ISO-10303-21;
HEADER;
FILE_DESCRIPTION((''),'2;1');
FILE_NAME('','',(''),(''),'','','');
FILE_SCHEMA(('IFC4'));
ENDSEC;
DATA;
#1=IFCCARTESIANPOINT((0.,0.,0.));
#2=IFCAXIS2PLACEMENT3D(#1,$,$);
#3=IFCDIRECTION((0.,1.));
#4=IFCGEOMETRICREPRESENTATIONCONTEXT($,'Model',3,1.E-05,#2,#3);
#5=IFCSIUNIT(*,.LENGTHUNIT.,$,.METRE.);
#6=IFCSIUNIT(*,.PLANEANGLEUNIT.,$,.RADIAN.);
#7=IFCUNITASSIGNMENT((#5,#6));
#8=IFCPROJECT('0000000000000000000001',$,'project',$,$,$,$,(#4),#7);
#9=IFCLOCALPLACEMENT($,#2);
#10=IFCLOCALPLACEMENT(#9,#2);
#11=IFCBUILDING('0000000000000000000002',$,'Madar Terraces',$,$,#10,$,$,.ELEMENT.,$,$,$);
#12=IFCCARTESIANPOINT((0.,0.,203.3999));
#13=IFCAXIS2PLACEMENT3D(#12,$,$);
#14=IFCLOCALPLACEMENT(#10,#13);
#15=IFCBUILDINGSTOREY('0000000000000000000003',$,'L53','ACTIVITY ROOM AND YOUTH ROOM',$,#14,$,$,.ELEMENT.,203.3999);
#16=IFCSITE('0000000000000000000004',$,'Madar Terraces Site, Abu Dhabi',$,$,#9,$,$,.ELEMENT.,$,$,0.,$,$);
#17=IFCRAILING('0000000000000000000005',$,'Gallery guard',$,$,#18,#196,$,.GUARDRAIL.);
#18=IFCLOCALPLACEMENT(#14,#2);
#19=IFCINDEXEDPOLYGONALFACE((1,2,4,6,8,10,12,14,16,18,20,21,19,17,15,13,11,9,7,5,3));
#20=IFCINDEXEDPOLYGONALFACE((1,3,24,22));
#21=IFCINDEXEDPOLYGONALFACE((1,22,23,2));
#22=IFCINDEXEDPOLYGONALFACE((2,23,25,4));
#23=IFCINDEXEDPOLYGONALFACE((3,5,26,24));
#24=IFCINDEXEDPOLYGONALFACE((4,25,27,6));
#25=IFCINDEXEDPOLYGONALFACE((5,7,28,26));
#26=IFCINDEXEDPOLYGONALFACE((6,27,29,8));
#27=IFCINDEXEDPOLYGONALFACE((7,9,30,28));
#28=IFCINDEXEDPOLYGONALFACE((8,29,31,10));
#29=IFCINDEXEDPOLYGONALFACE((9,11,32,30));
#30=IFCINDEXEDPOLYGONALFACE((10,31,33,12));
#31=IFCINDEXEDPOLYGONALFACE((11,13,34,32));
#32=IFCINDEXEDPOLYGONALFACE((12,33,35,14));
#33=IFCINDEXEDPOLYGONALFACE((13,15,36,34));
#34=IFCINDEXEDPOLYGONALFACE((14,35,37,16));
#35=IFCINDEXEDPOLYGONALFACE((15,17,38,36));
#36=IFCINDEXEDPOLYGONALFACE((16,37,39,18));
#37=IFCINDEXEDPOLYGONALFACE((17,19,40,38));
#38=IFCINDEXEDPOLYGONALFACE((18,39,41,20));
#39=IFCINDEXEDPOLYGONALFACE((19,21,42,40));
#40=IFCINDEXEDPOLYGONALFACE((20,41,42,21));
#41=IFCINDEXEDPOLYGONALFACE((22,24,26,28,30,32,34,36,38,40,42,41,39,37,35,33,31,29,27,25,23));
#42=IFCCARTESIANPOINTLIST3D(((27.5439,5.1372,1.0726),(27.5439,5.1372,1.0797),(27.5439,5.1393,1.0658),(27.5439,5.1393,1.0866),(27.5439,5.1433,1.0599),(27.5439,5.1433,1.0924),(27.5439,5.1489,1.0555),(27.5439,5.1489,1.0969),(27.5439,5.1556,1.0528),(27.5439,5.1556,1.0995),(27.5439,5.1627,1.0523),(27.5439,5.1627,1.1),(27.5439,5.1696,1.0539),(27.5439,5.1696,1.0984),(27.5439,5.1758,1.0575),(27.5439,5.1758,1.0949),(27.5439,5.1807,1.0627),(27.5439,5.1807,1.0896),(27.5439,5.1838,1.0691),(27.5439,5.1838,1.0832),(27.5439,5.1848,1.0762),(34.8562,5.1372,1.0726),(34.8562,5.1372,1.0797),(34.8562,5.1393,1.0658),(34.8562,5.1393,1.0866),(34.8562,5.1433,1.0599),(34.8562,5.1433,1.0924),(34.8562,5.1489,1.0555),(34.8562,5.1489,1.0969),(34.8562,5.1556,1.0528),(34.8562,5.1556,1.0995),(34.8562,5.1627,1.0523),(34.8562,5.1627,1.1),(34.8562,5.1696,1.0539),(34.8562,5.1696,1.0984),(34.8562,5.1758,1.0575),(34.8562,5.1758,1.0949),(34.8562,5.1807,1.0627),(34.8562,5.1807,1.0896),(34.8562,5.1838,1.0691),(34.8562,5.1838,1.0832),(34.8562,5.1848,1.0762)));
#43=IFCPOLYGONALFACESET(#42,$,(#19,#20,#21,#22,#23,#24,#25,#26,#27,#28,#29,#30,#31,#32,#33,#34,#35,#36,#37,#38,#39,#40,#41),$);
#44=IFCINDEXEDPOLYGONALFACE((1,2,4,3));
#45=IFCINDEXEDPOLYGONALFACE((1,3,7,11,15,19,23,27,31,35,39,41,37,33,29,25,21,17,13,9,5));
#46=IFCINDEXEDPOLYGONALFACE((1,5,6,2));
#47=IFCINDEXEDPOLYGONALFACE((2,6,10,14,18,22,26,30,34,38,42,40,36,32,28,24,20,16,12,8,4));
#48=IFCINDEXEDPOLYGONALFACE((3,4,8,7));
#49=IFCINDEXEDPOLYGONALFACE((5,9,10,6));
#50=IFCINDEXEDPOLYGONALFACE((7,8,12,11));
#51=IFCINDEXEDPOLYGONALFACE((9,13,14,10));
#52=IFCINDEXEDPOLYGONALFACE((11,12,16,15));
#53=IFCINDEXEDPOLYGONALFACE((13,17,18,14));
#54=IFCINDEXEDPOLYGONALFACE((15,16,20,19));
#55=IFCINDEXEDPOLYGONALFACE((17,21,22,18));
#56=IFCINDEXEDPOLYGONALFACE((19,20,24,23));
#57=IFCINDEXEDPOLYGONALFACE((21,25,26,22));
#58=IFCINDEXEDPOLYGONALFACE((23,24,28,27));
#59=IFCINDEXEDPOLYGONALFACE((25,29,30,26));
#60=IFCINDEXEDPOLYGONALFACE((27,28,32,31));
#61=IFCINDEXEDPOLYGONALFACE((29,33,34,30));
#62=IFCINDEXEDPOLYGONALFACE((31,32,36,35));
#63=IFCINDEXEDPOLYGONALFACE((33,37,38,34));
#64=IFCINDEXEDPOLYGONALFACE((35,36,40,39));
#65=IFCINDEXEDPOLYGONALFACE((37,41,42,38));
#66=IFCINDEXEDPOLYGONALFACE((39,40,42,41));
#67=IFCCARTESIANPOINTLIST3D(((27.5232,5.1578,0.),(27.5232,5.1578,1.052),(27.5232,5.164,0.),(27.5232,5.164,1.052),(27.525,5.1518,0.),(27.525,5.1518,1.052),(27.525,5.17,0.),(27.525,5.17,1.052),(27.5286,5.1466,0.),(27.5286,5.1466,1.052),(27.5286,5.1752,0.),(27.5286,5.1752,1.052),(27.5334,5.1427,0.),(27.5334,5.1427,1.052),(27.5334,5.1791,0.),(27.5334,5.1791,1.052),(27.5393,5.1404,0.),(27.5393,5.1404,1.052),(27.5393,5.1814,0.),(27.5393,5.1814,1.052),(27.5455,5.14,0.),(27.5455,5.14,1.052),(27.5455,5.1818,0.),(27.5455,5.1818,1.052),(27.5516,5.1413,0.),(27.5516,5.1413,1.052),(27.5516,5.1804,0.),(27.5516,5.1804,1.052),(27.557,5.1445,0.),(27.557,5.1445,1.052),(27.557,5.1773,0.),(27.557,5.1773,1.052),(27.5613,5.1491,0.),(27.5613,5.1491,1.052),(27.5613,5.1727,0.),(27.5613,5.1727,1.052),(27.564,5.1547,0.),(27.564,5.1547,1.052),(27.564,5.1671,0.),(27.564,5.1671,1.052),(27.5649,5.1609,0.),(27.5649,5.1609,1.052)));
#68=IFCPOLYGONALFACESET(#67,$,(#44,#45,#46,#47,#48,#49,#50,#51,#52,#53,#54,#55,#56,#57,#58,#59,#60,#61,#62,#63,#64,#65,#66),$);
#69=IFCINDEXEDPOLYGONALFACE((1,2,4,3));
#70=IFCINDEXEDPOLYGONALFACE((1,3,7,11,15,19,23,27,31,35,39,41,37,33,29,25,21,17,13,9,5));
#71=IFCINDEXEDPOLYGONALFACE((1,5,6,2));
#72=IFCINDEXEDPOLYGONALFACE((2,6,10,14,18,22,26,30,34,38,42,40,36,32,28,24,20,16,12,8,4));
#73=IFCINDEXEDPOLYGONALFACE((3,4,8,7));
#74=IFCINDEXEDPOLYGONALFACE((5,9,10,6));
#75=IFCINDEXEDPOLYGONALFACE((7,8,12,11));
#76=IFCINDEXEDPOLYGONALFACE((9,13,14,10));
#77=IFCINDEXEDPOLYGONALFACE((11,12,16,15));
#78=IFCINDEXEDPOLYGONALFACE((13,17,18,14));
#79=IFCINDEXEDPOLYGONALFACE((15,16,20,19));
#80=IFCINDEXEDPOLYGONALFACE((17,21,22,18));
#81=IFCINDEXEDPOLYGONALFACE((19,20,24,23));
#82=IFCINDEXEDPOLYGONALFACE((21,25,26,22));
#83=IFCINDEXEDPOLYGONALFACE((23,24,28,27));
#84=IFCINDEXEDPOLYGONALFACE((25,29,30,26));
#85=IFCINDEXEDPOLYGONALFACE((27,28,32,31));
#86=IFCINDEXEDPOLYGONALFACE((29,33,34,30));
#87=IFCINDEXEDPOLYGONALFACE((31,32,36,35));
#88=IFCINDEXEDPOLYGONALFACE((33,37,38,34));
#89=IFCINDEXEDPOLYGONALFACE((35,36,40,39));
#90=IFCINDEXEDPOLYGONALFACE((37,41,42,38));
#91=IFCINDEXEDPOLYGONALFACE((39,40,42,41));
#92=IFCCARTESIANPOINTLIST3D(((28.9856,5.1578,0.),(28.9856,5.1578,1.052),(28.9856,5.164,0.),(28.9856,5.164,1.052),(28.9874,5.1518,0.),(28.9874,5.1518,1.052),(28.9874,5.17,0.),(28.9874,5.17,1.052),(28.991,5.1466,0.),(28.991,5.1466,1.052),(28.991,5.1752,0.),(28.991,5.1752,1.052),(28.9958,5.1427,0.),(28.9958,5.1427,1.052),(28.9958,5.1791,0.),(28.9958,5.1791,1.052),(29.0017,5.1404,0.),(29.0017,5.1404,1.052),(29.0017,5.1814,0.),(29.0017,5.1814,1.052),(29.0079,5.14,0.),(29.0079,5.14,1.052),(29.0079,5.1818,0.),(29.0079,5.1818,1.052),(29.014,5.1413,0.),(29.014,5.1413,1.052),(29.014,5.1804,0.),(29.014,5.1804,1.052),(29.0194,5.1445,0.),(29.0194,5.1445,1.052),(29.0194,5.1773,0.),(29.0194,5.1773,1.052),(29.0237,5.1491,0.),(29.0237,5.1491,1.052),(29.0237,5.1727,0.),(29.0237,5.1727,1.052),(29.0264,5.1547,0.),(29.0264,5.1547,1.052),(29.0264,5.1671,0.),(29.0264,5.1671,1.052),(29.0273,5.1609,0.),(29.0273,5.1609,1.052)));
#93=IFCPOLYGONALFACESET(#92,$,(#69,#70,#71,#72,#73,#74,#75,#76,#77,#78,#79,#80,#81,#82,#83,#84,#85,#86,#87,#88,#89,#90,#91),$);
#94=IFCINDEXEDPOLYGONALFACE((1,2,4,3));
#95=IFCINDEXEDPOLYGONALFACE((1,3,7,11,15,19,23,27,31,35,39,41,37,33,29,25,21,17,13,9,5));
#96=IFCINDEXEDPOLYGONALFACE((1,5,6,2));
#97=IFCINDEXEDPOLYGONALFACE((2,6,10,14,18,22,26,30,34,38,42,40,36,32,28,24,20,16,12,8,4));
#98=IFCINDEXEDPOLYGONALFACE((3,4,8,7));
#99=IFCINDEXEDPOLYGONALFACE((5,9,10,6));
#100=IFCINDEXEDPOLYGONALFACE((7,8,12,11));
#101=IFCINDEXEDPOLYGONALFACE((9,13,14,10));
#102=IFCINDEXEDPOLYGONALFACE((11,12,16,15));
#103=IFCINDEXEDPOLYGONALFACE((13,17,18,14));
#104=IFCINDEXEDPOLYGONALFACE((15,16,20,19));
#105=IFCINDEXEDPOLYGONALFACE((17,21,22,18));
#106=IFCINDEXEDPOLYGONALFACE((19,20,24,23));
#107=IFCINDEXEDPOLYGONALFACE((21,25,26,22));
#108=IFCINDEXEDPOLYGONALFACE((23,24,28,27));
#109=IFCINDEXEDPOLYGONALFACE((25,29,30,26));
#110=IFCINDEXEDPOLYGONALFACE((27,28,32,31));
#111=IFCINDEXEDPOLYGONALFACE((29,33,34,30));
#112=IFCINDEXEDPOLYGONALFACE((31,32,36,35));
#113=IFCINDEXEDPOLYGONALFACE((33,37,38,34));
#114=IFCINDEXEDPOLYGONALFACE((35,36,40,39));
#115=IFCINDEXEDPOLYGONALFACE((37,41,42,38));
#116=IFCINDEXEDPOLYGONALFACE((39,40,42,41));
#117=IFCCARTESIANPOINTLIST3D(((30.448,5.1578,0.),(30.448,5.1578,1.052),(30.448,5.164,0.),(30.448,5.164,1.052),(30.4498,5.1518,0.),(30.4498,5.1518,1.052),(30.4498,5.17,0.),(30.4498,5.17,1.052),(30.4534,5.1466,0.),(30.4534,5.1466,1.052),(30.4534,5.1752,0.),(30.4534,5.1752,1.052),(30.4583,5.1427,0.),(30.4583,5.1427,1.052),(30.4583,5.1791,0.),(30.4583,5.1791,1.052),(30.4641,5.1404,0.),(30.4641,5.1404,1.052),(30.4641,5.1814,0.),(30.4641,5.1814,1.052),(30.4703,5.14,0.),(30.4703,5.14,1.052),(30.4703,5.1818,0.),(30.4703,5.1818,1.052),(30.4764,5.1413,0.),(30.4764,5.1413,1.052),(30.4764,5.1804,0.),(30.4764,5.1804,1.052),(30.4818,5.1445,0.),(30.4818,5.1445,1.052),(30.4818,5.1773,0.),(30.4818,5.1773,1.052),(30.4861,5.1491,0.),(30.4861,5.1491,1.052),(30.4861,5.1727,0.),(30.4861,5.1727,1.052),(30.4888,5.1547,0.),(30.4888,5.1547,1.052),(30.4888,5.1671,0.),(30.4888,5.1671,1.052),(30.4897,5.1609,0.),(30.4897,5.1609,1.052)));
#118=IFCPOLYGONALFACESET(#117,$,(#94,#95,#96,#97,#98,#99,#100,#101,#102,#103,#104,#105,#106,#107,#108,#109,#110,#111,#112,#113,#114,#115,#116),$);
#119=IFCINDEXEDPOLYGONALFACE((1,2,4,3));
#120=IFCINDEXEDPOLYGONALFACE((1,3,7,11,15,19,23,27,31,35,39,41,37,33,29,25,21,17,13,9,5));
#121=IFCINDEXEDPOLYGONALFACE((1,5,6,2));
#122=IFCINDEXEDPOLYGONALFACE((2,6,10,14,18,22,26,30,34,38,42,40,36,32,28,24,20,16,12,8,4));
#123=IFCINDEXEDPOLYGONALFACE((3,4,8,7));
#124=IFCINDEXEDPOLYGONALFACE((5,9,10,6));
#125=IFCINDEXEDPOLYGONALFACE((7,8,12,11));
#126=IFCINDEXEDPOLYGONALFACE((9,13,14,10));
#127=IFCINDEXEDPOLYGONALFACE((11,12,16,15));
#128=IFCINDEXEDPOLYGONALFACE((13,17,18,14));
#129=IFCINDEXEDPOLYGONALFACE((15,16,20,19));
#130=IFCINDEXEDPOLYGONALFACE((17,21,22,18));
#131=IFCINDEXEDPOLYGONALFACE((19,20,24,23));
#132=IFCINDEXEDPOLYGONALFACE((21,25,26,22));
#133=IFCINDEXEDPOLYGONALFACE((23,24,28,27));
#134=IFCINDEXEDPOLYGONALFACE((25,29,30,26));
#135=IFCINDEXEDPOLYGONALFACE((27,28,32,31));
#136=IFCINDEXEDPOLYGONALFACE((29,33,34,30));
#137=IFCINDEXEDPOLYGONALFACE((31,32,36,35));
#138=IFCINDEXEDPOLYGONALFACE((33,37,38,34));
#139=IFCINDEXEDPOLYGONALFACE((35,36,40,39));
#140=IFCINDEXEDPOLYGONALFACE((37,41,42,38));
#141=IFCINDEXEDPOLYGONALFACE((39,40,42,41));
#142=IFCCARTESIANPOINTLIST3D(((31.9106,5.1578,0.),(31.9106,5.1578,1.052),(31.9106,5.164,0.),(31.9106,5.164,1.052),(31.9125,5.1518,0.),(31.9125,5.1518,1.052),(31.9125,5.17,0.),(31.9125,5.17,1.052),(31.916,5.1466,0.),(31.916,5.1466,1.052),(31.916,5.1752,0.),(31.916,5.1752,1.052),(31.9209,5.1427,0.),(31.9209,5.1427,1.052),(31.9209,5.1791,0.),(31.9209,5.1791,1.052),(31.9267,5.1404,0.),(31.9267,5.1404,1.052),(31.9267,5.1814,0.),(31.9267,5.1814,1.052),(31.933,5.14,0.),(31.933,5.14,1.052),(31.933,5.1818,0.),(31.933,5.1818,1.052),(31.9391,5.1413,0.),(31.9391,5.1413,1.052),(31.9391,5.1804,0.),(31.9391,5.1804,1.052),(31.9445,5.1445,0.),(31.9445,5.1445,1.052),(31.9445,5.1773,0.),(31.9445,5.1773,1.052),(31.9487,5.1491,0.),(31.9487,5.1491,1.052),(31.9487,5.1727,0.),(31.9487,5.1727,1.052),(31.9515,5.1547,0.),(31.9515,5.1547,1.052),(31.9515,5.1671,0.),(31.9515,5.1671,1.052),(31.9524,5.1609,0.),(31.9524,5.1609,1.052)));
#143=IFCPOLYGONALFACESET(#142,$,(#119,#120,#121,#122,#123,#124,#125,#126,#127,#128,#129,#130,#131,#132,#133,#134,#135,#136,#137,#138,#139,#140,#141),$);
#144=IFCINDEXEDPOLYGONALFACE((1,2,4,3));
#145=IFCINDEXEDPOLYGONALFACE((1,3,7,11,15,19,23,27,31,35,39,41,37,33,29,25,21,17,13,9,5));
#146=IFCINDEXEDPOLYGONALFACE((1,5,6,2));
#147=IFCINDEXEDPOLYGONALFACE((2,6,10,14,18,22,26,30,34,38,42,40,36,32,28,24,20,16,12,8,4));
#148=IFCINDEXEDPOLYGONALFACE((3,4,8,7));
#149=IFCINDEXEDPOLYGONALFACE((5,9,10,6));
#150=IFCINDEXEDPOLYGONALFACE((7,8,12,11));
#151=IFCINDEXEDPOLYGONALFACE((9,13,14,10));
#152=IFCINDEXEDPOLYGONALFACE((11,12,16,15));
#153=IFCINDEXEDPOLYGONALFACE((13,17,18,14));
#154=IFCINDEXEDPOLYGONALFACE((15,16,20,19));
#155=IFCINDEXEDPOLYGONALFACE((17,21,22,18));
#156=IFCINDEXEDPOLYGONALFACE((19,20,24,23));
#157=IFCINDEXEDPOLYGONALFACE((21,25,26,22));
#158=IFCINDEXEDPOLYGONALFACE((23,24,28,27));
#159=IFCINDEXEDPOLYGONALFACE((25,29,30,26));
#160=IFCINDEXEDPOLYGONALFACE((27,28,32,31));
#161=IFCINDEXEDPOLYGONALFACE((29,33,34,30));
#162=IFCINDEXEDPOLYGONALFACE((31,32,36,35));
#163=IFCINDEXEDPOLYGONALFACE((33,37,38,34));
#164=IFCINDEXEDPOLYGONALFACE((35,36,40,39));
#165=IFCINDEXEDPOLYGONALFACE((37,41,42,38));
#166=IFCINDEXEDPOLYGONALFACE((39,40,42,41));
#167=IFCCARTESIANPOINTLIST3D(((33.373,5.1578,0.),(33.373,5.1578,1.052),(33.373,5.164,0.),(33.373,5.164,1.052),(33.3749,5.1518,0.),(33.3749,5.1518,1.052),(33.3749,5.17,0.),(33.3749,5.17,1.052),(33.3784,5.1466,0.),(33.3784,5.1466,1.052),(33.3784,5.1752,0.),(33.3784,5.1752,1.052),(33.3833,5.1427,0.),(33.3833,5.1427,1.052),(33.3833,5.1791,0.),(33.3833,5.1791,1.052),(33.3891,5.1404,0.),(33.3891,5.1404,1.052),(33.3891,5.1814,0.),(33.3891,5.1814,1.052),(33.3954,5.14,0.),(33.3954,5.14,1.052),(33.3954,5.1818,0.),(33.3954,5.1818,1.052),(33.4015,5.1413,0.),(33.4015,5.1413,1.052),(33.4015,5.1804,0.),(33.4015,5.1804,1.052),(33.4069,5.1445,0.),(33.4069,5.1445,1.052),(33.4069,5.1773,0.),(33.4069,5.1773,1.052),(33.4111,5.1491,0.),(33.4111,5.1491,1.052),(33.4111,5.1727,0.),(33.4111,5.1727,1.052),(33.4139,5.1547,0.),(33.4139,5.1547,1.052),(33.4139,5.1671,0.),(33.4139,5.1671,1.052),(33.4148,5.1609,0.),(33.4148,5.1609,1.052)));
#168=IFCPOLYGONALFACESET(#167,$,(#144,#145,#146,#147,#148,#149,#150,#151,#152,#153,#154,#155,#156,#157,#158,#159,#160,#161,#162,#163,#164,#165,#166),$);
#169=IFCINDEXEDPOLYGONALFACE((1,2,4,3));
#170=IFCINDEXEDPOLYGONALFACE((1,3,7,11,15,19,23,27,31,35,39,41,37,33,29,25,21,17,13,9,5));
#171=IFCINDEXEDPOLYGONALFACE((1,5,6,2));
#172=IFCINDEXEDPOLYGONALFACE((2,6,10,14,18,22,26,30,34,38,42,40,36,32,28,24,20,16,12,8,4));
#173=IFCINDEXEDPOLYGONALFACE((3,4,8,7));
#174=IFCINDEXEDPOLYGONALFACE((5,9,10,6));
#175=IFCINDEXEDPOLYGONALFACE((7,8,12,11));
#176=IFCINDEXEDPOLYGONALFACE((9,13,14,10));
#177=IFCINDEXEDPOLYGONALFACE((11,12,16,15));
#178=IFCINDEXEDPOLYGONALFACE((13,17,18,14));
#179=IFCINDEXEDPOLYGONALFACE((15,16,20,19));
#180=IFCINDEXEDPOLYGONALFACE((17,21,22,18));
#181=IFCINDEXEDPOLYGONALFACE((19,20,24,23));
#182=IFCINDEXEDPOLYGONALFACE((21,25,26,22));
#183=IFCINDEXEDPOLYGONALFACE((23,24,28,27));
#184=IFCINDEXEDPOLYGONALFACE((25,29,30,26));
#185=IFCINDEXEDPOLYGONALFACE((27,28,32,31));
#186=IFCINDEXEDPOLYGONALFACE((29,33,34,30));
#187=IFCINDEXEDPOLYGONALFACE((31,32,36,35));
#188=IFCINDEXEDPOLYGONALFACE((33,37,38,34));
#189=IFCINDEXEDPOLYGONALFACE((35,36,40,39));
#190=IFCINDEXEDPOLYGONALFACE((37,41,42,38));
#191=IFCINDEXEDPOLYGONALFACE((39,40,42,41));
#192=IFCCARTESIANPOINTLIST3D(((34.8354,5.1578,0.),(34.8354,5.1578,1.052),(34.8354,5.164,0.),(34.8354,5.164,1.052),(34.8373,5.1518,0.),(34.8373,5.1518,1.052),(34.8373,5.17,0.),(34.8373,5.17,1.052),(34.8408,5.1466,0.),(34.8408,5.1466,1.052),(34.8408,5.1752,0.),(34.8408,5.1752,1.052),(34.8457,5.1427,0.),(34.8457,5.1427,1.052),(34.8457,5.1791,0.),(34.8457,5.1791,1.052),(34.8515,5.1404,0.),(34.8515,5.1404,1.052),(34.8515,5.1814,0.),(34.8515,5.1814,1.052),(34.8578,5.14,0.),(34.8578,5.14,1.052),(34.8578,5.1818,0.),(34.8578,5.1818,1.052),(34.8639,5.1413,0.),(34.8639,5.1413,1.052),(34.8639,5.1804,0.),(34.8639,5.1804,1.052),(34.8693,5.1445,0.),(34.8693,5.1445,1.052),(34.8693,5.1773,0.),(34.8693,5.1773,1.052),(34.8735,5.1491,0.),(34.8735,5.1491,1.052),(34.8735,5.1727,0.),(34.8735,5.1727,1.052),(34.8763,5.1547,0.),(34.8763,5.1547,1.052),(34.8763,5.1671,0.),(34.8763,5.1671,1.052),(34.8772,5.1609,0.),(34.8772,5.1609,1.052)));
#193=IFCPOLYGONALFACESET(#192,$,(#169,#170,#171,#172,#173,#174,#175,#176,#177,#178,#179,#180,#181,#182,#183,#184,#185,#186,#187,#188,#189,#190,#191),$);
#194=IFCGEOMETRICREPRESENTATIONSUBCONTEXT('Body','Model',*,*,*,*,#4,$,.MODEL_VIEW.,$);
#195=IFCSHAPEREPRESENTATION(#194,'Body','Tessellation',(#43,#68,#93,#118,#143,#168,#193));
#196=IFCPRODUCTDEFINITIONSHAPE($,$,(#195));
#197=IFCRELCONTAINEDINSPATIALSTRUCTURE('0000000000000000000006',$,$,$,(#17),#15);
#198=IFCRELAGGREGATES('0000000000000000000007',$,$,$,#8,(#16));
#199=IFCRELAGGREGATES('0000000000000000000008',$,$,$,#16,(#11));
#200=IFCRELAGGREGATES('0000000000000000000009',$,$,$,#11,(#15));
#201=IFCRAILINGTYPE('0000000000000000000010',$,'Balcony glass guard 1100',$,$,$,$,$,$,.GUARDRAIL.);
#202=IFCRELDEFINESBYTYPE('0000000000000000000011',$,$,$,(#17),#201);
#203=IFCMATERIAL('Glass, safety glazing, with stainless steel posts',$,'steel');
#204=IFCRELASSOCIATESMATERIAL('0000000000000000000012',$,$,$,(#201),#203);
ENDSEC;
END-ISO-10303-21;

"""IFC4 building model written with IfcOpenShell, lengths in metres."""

from ifc_helpers import new_model, si_unit, direction, frame, origin, origin_2d, place, context, subcontext, project, spatial, circle, extrude, material, type_object, element, save


model = new_model("IFC4")

# Units and contexts
model_context = context("Model", 3, precision=1e-05, world=origin(), true_north=direction((0.0, 1.0)))
body_context = subcontext(model_context, "Body", "Model", "MODEL_VIEW")
ifc_project = project(units=[si_unit("LENGTHUNIT", "METRE"), si_unit("PLANEANGLEUNIT", "RADIAN")], contexts=[model_context])

# Site, building, storey
site_placement = place(None, origin())
site = spatial("IfcSite", under=ifc_project, at=site_placement, Name="Madar Terraces Site, Abu Dhabi", CompositionType="ELEMENT", RefElevation=0.0)
building_placement = place(site_placement, origin())
building = spatial("IfcBuilding", under=site, at=building_placement, Name="Madar Terraces", CompositionType="ELEMENT")
storey_placement = place(building_placement, frame((0.0, 0.0, 203.3999)))
storey = spatial("IfcBuildingStorey", under=building, at=storey_placement, Name="L53", Description="ACTIVITY ROOM AND YOUTH ROOM", CompositionType="ELEMENT", Elevation=203.3999)

# Railing
ifc_material_1 = material(Name="Glass, safety glazing, with stainless steel posts", Category="steel")
railing_type = type_object("IfcRailingType", Name="Balcony glass guard 1100", PredefinedType="GUARDRAIL", material=ifc_material_1)
railing_1_placement = place(storey_placement, frame((27.5439, 5.1609, 0.0)))
element("IfcRailing", 1, at=railing_1_placement, inside=storey, type_object=railing_type, Name="Gallery guard", PredefinedType="GUARDRAIL", context=body_context, shape_type="SweptSolid", body=[
    extrude(circle(Radius=0.0239, at=origin_2d()), frame((0.0, 0.0, 1.0762), z_axis=(1.0, 0.0, 0.0), x_axis=(0.0, 1.0, 0.0)), (0.0, 0.0, 1.0), 7.3123),
    extrude(circle(Radius=0.021, at=origin_2d()), origin(), (0.0, 0.0, 1.0), 1.052),
    extrude(circle(Radius=0.021, at=origin_2d()), frame((1.4624, 0.0, 0.0)), (0.0, 0.0, 1.0), 1.052),
    extrude(circle(Radius=0.021, at=origin_2d()), frame((2.9248, 0.0, 0.0)), (0.0, 0.0, 1.0), 1.052),
    extrude(circle(Radius=0.021, at=origin_2d()), frame((4.3875, 0.0, 0.0)), (0.0, 0.0, 1.0), 1.052),
    extrude(circle(Radius=0.021, at=origin_2d()), frame((5.8499, 0.0, 0.0)), (0.0, 0.0, 1.0), 1.052),
    extrude(circle(Radius=0.021, at=origin_2d()), frame((7.3123, 0.0, 0.0)), (0.0, 0.0, 1.0), 1.052),
])

save(model, "model.ifc")
